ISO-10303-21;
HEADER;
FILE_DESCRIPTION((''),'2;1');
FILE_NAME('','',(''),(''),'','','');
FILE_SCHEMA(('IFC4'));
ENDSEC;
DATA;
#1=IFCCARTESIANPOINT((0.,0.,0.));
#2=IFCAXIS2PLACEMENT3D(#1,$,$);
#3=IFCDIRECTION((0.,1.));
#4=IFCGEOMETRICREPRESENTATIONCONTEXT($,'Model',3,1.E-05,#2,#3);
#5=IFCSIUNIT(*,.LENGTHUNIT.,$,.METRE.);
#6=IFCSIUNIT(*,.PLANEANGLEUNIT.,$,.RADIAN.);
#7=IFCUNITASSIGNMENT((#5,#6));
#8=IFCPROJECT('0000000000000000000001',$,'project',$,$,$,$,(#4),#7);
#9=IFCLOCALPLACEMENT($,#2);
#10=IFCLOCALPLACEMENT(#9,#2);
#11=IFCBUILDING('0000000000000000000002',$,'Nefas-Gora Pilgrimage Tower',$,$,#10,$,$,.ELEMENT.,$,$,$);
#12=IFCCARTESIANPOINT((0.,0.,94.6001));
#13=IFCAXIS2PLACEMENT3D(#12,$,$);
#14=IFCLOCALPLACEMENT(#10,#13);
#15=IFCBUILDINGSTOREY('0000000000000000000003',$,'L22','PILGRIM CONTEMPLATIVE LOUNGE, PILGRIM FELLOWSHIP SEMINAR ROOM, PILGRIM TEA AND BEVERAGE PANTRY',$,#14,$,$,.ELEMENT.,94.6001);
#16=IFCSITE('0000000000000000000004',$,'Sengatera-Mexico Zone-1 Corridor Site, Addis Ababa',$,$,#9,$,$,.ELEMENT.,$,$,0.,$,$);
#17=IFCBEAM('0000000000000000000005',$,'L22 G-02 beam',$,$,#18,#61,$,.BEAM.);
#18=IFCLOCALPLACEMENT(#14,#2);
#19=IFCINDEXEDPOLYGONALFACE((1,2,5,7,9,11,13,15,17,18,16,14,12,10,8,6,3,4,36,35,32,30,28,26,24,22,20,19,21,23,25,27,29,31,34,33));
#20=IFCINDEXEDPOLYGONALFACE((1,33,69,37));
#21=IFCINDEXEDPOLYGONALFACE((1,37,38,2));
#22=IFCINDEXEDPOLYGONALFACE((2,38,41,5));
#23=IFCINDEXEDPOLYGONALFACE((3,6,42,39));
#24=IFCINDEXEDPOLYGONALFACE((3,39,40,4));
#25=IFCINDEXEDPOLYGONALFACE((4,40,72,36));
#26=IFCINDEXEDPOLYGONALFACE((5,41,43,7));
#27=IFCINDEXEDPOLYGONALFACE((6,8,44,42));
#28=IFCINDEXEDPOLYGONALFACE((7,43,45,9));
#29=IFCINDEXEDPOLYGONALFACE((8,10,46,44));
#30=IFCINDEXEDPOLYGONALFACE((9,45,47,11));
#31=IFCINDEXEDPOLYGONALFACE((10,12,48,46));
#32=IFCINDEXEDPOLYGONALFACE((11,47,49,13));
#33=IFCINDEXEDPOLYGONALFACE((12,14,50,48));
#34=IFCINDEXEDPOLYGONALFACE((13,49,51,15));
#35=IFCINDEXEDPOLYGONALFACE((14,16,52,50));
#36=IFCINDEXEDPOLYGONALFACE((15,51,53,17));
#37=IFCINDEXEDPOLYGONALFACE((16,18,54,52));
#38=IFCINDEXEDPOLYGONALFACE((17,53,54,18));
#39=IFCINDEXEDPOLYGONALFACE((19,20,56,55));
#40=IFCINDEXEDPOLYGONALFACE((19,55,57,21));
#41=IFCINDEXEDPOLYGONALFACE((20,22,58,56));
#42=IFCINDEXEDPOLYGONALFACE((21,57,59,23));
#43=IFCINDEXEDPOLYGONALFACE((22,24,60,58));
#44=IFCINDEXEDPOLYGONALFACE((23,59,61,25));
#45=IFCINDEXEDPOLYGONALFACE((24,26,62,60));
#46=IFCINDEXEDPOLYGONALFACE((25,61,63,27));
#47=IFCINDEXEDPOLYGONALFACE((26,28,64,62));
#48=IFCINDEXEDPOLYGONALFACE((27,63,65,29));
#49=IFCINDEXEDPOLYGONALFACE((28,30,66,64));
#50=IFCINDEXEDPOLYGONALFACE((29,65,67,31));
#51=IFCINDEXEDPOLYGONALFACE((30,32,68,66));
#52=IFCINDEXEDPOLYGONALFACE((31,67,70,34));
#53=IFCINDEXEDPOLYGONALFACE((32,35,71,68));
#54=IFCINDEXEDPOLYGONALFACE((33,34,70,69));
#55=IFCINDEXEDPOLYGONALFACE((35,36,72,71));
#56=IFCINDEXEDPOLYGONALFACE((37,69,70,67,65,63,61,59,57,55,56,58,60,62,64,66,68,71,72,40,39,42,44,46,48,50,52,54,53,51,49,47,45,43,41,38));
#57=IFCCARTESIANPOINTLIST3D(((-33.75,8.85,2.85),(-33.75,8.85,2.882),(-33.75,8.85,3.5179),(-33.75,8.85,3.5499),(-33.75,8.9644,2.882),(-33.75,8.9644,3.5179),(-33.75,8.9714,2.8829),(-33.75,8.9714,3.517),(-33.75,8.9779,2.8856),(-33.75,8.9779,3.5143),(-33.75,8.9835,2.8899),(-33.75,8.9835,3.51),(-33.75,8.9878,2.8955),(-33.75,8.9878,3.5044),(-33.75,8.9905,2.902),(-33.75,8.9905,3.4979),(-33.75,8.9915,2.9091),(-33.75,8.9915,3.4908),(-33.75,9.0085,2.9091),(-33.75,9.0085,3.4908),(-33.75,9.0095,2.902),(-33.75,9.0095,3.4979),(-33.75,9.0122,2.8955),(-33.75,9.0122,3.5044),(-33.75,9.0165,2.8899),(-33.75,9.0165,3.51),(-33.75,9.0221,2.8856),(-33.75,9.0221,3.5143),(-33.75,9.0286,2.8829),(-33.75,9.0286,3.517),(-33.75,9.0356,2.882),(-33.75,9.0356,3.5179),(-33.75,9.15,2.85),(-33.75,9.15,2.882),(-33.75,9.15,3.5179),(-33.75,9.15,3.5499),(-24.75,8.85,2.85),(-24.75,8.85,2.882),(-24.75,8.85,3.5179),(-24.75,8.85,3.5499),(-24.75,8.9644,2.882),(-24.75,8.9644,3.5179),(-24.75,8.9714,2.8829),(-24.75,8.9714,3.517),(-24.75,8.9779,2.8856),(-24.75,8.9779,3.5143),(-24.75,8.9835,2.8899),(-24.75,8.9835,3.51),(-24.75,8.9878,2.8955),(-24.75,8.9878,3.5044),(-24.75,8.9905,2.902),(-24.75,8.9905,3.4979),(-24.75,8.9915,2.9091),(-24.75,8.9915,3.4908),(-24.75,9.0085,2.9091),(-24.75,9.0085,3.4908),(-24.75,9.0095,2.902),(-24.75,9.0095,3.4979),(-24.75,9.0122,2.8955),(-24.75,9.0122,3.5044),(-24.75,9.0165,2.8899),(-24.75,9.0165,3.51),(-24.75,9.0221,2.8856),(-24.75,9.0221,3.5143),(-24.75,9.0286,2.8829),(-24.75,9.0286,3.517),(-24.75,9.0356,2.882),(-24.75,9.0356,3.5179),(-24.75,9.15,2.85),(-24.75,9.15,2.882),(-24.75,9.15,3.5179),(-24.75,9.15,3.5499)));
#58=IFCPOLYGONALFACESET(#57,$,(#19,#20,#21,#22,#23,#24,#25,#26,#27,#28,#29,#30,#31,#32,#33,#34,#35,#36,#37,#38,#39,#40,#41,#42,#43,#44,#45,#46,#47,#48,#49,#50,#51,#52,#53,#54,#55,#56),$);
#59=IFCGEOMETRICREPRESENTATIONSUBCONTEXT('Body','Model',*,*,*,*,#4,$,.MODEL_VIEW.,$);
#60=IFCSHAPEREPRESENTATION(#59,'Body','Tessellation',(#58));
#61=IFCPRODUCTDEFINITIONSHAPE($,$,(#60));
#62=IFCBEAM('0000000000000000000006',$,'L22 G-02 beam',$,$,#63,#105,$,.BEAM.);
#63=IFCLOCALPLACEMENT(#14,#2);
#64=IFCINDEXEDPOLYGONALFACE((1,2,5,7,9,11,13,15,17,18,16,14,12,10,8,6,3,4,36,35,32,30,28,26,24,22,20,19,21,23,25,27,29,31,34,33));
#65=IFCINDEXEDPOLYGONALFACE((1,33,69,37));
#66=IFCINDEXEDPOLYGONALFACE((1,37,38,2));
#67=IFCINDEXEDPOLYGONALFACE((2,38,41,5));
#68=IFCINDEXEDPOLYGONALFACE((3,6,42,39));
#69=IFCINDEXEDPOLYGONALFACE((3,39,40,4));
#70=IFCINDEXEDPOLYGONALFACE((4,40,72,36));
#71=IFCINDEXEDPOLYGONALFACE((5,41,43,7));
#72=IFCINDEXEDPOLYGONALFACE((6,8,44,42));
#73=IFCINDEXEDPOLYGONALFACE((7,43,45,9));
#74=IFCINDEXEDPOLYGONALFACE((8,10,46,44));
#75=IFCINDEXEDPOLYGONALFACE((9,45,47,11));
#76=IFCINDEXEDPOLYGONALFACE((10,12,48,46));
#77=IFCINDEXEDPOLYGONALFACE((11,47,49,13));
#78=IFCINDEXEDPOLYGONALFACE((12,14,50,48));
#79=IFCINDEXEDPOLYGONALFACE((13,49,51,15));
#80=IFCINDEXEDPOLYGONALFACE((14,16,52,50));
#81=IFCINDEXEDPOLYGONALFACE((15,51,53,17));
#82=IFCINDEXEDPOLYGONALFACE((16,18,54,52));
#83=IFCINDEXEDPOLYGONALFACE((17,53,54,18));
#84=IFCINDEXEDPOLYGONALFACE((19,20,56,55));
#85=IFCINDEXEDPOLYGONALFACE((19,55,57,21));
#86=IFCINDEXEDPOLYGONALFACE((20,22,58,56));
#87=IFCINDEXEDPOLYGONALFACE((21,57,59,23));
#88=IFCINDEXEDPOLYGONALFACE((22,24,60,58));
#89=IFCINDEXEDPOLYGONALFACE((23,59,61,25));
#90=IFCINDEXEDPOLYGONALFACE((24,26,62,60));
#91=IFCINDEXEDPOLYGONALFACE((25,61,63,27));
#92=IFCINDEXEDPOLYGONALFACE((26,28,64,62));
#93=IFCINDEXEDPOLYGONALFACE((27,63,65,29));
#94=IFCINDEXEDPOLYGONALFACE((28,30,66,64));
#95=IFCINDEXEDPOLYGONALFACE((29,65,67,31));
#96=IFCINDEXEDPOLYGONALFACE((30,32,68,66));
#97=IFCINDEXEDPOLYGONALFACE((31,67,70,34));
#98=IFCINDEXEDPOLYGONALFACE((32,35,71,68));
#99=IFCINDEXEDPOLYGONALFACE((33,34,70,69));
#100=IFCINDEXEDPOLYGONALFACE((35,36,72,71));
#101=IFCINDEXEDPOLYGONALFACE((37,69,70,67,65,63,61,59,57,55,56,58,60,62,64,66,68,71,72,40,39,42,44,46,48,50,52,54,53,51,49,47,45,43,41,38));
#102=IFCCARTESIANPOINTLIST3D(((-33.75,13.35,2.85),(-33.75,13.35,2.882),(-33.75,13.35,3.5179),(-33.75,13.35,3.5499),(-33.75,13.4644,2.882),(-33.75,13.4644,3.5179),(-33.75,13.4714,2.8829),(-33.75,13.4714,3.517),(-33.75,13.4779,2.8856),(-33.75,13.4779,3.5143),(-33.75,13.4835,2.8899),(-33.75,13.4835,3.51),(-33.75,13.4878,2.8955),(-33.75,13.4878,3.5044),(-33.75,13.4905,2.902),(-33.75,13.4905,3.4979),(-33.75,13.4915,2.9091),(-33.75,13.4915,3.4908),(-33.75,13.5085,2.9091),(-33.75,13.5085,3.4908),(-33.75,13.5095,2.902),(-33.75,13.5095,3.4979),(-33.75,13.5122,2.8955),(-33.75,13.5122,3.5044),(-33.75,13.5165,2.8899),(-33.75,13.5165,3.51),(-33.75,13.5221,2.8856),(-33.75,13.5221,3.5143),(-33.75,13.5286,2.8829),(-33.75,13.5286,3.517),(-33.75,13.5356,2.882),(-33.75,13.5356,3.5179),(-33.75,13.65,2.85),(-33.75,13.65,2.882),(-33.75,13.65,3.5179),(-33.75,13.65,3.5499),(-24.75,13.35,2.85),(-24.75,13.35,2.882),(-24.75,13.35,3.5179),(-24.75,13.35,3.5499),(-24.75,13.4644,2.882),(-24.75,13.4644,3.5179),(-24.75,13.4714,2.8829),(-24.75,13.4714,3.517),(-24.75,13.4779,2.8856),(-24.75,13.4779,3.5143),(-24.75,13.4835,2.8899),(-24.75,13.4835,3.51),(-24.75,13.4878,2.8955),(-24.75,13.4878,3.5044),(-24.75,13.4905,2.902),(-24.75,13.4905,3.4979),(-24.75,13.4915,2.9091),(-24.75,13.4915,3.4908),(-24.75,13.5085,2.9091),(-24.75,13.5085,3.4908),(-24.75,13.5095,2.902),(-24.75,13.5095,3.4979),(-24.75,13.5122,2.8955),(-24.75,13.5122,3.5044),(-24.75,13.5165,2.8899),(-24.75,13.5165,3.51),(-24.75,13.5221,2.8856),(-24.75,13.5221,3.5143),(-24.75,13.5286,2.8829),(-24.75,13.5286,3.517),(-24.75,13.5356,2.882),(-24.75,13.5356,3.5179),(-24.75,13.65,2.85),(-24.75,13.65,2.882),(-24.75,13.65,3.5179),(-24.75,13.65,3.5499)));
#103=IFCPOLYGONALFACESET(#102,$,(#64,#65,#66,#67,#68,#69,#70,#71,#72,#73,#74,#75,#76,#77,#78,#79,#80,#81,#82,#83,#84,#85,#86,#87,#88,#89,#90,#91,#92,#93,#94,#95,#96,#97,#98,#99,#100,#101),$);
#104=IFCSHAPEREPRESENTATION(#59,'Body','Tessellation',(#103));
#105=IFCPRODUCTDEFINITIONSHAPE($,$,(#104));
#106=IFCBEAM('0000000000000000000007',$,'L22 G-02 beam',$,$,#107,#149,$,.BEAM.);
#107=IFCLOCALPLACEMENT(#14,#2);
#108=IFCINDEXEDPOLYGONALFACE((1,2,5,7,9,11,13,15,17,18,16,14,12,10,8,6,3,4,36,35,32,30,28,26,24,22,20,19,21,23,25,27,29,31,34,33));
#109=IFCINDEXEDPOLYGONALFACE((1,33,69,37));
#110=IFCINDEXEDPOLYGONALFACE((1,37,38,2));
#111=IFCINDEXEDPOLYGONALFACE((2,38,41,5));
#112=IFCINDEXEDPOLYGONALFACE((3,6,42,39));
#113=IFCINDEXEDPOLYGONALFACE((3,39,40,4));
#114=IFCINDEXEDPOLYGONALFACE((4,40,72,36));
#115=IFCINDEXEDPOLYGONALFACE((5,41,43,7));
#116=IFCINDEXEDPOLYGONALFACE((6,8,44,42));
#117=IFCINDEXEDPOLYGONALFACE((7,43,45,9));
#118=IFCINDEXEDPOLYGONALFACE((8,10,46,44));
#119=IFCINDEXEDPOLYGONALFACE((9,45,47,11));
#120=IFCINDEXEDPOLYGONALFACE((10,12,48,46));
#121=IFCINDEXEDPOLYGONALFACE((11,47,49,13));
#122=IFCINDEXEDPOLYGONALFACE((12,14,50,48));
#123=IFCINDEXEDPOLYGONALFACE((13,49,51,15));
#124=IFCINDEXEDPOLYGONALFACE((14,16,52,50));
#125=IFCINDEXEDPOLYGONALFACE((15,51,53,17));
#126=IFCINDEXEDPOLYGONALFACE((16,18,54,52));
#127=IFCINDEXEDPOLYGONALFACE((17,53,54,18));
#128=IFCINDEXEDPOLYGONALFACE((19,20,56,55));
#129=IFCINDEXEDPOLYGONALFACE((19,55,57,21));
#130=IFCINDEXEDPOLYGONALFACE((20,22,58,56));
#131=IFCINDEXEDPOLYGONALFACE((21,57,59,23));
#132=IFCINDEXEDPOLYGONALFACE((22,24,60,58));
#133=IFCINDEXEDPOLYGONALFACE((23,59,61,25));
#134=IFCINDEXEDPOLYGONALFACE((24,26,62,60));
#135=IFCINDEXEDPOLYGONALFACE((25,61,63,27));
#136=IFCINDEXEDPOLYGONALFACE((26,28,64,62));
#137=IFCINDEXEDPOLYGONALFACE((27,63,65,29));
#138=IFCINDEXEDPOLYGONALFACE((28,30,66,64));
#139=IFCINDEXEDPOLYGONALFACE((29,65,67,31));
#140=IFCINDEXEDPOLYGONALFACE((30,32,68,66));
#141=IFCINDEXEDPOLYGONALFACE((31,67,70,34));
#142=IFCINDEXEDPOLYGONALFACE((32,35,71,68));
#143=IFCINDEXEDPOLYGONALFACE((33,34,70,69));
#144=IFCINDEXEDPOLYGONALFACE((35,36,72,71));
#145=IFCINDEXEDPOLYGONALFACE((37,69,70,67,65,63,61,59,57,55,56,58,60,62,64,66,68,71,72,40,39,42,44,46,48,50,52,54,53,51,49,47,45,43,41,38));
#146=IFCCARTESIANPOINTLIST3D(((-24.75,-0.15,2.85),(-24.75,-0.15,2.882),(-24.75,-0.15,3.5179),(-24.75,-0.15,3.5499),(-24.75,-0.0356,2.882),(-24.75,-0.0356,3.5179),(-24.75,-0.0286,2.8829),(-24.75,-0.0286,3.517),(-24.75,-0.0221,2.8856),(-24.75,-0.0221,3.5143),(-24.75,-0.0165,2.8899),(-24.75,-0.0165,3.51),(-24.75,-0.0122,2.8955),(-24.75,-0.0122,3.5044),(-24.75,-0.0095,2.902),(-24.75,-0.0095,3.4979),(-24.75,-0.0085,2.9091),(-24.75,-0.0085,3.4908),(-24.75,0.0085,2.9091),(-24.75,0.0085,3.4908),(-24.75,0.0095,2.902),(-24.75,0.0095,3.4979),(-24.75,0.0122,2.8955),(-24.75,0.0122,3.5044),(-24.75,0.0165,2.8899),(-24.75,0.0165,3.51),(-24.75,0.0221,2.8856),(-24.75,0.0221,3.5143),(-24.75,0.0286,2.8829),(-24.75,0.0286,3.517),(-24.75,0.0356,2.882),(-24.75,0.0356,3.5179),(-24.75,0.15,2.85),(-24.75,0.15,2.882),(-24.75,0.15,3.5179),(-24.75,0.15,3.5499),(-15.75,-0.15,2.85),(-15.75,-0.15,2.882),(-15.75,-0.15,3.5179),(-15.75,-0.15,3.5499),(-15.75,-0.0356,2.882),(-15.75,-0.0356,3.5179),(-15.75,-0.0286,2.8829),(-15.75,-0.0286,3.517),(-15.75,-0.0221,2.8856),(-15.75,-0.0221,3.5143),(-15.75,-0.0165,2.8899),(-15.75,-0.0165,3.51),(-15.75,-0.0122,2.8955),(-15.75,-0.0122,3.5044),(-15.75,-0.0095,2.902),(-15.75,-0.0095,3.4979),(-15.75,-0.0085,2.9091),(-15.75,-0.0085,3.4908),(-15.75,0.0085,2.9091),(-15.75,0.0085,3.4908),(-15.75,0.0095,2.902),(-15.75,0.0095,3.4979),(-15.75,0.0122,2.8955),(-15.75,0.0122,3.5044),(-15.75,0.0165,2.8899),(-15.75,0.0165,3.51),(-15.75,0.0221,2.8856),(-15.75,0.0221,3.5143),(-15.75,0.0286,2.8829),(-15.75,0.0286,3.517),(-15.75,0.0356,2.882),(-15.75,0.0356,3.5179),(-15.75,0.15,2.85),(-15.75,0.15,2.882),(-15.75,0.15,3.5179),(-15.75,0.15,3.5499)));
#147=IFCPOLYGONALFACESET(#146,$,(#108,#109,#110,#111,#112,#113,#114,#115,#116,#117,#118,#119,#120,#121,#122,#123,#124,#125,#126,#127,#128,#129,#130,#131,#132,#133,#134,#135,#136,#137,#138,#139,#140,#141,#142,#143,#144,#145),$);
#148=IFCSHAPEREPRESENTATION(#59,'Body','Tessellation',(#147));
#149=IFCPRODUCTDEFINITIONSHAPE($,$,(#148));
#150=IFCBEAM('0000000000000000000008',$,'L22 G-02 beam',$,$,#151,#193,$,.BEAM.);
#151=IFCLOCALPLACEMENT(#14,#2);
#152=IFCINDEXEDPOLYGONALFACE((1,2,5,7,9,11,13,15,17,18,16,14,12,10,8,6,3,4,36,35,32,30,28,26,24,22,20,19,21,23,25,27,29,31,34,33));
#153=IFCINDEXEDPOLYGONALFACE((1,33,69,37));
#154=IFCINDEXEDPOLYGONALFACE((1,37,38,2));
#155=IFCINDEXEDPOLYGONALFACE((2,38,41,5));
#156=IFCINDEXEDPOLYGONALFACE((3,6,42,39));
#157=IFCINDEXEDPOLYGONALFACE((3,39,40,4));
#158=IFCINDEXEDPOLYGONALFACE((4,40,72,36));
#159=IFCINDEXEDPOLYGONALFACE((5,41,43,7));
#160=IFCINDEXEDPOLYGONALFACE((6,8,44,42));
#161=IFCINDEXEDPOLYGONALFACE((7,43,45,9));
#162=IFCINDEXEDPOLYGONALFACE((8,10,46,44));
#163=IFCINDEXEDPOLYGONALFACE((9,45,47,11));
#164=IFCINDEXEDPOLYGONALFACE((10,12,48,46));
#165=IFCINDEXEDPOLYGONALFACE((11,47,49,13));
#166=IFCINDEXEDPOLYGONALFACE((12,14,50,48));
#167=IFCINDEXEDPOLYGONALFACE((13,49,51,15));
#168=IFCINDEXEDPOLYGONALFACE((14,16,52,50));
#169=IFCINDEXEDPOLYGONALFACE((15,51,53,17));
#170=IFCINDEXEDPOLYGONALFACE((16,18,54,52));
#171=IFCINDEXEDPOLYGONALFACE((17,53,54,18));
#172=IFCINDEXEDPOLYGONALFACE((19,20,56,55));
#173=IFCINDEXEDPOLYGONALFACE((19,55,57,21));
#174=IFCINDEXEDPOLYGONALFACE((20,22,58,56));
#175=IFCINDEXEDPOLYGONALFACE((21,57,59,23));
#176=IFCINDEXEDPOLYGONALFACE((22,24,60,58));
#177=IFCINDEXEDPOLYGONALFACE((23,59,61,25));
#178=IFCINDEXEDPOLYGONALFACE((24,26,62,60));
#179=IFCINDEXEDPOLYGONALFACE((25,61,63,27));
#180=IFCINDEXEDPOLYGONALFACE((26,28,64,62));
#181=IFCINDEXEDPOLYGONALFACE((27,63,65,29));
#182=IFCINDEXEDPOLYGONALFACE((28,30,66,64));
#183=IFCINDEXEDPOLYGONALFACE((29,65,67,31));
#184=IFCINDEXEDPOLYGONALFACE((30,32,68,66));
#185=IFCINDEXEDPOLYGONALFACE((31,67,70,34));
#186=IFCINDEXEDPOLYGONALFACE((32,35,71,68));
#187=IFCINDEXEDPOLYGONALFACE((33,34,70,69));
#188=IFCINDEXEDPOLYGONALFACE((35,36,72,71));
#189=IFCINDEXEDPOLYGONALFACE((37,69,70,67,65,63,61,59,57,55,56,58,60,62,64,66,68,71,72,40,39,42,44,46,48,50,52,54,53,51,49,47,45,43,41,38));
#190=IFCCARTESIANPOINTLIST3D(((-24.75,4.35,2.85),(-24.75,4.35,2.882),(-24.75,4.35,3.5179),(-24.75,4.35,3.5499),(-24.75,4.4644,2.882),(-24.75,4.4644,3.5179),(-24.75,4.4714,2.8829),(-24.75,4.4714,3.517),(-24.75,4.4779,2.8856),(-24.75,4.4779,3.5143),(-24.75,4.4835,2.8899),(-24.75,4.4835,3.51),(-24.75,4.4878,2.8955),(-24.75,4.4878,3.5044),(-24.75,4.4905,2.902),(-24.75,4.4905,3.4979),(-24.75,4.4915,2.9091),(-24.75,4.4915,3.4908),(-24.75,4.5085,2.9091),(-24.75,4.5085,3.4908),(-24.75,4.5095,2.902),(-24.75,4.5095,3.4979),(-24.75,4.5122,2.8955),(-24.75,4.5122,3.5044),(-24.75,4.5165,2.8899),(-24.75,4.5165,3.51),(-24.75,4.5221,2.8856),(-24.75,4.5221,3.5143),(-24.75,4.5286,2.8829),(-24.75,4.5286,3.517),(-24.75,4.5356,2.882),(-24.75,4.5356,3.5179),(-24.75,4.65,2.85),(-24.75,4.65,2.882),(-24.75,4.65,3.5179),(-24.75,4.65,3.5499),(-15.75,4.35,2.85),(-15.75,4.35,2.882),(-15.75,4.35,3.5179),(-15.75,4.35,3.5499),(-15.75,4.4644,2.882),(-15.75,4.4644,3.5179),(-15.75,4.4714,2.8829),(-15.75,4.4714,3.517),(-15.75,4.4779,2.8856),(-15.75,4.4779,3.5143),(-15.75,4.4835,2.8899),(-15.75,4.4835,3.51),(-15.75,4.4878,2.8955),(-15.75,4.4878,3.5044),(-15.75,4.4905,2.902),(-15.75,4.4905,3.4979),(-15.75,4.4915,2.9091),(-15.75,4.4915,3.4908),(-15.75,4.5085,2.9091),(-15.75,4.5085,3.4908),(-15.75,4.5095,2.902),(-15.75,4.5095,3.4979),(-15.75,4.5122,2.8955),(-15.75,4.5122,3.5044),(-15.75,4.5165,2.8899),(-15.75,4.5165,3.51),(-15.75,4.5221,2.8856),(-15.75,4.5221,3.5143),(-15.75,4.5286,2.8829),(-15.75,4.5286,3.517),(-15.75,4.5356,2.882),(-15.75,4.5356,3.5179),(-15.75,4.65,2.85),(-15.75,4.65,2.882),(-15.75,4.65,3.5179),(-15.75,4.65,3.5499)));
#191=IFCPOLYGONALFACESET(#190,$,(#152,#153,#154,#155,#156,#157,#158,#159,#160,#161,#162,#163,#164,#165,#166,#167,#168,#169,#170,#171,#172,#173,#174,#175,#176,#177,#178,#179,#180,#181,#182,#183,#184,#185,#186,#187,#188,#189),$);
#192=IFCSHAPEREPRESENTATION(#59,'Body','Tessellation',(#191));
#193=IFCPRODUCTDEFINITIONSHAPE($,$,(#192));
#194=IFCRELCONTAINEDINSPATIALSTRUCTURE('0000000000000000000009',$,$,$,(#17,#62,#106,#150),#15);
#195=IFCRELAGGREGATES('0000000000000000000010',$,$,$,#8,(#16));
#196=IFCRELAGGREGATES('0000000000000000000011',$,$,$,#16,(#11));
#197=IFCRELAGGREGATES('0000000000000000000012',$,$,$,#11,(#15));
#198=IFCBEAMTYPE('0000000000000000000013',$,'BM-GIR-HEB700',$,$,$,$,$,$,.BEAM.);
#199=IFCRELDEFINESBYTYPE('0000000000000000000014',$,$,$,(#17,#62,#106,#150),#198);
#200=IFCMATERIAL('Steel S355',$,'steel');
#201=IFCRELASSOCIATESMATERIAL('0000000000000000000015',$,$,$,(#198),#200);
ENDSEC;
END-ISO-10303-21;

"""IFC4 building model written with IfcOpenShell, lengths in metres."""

from ifc_helpers import new_model, si_unit, direction, frame, origin, origin_2d, place, context, subcontext, project, spatial, i_section, extrude, source, transform, mapped, material, material_profile, profile_set, type_object, element, save


model = new_model("IFC4")

# Units and contexts
model_context = context("Model", 3, precision=1e-05, world=origin(), true_north=direction((0.0, 1.0)))
body_context = subcontext(model_context, "Body", "Model", "MODEL_VIEW")
ifc_project = project(units=[si_unit("LENGTHUNIT", "METRE"), si_unit("PLANEANGLEUNIT", "RADIAN")], contexts=[model_context])

# Site, building, storey
site_placement = place(None, origin())
site = spatial("IfcSite", under=ifc_project, at=site_placement, Name="Sengatera-Mexico Zone-1 Corridor Site, Addis Ababa", CompositionType="ELEMENT", RefElevation=0.0)
building_placement = place(site_placement, origin())
building = spatial("IfcBuilding", under=site, at=building_placement, Name="Nefas-Gora Pilgrimage Tower", CompositionType="ELEMENT")
storey_placement = place(building_placement, frame((0.0, 0.0, 94.6001)))
storey = spatial("IfcBuildingStorey", under=building, at=storey_placement, Name="L22", Description="PILGRIM CONTEMPLATIVE LOUNGE, PILGRIM FELLOWSHIP SEMINAR ROOM, PILGRIM TEA AND BEVERAGE PANTRY", CompositionType="ELEMENT", Elevation=94.6001)

# Beams
ifc_material_1 = material(Name="Steel S355", Category="steel")
ifc_material_profile_1 = material_profile(ifc_material_1, i_section(OverallWidth=0.3, OverallDepth=0.7, WebThickness=0.0171, FlangeThickness=0.032, FilletRadius=0.0271, at=origin_2d()), Name="HEB 700")
ifc_profile_set_1 = profile_set([ifc_material_profile_1], Name="Steel S355")
beam_type_1 = type_object("IfcBeamType", Name="BM-GIR-HEB700", PredefinedType="BEAM", material=ifc_profile_set_1)
shared_shape_1 = source(origin(), body_context, "Body", "SweptSolid", [
    extrude(i_section(OverallWidth=0.3, OverallDepth=0.7, WebThickness=0.0171, FlangeThickness=0.032, FilletRadius=0.0271, at=origin_2d()), origin(), (0.0, 0.0, 1.0), 9.0),
])
for number, where, z_axis, x_axis, name in (
    (1, (-33.75, 9.0, 3.2), (1.0, 0.0, 0.0), (0.0, 1.0, 0.0), "L22 G-02 beam"),
    (2, (-33.75, 13.5, 3.2), (1.0, 0.0, 0.0), (0.0, 1.0, 0.0), "L22 G-02 beam"),
    (3, (-24.75, 0.0, 3.2), (1.0, 0.0, 0.0), (0.0, 1.0, 0.0), "L22 G-02 beam"),
    (4, (-24.75, 4.5, 3.2), (1.0, 0.0, 0.0), (0.0, 1.0, 0.0), "L22 G-02 beam"),
):
    element("IfcBeam", number, at=place(storey_placement, frame(where, z_axis=z_axis, x_axis=x_axis)), inside=storey, type_object=beam_type_1, Name=name, PredefinedType="BEAM", context=body_context, shape_type="MappedRepresentation", body=[
        mapped(shared_shape_1, transform((0.0, 0.0, 0.0), x_axis=(1.0, 0.0, 0.0), y_axis=(0.0, 1.0, 0.0), z_axis=(0.0, 0.0, 1.0), scale=1.0)),
    ])

save(model, "model.ifc")
